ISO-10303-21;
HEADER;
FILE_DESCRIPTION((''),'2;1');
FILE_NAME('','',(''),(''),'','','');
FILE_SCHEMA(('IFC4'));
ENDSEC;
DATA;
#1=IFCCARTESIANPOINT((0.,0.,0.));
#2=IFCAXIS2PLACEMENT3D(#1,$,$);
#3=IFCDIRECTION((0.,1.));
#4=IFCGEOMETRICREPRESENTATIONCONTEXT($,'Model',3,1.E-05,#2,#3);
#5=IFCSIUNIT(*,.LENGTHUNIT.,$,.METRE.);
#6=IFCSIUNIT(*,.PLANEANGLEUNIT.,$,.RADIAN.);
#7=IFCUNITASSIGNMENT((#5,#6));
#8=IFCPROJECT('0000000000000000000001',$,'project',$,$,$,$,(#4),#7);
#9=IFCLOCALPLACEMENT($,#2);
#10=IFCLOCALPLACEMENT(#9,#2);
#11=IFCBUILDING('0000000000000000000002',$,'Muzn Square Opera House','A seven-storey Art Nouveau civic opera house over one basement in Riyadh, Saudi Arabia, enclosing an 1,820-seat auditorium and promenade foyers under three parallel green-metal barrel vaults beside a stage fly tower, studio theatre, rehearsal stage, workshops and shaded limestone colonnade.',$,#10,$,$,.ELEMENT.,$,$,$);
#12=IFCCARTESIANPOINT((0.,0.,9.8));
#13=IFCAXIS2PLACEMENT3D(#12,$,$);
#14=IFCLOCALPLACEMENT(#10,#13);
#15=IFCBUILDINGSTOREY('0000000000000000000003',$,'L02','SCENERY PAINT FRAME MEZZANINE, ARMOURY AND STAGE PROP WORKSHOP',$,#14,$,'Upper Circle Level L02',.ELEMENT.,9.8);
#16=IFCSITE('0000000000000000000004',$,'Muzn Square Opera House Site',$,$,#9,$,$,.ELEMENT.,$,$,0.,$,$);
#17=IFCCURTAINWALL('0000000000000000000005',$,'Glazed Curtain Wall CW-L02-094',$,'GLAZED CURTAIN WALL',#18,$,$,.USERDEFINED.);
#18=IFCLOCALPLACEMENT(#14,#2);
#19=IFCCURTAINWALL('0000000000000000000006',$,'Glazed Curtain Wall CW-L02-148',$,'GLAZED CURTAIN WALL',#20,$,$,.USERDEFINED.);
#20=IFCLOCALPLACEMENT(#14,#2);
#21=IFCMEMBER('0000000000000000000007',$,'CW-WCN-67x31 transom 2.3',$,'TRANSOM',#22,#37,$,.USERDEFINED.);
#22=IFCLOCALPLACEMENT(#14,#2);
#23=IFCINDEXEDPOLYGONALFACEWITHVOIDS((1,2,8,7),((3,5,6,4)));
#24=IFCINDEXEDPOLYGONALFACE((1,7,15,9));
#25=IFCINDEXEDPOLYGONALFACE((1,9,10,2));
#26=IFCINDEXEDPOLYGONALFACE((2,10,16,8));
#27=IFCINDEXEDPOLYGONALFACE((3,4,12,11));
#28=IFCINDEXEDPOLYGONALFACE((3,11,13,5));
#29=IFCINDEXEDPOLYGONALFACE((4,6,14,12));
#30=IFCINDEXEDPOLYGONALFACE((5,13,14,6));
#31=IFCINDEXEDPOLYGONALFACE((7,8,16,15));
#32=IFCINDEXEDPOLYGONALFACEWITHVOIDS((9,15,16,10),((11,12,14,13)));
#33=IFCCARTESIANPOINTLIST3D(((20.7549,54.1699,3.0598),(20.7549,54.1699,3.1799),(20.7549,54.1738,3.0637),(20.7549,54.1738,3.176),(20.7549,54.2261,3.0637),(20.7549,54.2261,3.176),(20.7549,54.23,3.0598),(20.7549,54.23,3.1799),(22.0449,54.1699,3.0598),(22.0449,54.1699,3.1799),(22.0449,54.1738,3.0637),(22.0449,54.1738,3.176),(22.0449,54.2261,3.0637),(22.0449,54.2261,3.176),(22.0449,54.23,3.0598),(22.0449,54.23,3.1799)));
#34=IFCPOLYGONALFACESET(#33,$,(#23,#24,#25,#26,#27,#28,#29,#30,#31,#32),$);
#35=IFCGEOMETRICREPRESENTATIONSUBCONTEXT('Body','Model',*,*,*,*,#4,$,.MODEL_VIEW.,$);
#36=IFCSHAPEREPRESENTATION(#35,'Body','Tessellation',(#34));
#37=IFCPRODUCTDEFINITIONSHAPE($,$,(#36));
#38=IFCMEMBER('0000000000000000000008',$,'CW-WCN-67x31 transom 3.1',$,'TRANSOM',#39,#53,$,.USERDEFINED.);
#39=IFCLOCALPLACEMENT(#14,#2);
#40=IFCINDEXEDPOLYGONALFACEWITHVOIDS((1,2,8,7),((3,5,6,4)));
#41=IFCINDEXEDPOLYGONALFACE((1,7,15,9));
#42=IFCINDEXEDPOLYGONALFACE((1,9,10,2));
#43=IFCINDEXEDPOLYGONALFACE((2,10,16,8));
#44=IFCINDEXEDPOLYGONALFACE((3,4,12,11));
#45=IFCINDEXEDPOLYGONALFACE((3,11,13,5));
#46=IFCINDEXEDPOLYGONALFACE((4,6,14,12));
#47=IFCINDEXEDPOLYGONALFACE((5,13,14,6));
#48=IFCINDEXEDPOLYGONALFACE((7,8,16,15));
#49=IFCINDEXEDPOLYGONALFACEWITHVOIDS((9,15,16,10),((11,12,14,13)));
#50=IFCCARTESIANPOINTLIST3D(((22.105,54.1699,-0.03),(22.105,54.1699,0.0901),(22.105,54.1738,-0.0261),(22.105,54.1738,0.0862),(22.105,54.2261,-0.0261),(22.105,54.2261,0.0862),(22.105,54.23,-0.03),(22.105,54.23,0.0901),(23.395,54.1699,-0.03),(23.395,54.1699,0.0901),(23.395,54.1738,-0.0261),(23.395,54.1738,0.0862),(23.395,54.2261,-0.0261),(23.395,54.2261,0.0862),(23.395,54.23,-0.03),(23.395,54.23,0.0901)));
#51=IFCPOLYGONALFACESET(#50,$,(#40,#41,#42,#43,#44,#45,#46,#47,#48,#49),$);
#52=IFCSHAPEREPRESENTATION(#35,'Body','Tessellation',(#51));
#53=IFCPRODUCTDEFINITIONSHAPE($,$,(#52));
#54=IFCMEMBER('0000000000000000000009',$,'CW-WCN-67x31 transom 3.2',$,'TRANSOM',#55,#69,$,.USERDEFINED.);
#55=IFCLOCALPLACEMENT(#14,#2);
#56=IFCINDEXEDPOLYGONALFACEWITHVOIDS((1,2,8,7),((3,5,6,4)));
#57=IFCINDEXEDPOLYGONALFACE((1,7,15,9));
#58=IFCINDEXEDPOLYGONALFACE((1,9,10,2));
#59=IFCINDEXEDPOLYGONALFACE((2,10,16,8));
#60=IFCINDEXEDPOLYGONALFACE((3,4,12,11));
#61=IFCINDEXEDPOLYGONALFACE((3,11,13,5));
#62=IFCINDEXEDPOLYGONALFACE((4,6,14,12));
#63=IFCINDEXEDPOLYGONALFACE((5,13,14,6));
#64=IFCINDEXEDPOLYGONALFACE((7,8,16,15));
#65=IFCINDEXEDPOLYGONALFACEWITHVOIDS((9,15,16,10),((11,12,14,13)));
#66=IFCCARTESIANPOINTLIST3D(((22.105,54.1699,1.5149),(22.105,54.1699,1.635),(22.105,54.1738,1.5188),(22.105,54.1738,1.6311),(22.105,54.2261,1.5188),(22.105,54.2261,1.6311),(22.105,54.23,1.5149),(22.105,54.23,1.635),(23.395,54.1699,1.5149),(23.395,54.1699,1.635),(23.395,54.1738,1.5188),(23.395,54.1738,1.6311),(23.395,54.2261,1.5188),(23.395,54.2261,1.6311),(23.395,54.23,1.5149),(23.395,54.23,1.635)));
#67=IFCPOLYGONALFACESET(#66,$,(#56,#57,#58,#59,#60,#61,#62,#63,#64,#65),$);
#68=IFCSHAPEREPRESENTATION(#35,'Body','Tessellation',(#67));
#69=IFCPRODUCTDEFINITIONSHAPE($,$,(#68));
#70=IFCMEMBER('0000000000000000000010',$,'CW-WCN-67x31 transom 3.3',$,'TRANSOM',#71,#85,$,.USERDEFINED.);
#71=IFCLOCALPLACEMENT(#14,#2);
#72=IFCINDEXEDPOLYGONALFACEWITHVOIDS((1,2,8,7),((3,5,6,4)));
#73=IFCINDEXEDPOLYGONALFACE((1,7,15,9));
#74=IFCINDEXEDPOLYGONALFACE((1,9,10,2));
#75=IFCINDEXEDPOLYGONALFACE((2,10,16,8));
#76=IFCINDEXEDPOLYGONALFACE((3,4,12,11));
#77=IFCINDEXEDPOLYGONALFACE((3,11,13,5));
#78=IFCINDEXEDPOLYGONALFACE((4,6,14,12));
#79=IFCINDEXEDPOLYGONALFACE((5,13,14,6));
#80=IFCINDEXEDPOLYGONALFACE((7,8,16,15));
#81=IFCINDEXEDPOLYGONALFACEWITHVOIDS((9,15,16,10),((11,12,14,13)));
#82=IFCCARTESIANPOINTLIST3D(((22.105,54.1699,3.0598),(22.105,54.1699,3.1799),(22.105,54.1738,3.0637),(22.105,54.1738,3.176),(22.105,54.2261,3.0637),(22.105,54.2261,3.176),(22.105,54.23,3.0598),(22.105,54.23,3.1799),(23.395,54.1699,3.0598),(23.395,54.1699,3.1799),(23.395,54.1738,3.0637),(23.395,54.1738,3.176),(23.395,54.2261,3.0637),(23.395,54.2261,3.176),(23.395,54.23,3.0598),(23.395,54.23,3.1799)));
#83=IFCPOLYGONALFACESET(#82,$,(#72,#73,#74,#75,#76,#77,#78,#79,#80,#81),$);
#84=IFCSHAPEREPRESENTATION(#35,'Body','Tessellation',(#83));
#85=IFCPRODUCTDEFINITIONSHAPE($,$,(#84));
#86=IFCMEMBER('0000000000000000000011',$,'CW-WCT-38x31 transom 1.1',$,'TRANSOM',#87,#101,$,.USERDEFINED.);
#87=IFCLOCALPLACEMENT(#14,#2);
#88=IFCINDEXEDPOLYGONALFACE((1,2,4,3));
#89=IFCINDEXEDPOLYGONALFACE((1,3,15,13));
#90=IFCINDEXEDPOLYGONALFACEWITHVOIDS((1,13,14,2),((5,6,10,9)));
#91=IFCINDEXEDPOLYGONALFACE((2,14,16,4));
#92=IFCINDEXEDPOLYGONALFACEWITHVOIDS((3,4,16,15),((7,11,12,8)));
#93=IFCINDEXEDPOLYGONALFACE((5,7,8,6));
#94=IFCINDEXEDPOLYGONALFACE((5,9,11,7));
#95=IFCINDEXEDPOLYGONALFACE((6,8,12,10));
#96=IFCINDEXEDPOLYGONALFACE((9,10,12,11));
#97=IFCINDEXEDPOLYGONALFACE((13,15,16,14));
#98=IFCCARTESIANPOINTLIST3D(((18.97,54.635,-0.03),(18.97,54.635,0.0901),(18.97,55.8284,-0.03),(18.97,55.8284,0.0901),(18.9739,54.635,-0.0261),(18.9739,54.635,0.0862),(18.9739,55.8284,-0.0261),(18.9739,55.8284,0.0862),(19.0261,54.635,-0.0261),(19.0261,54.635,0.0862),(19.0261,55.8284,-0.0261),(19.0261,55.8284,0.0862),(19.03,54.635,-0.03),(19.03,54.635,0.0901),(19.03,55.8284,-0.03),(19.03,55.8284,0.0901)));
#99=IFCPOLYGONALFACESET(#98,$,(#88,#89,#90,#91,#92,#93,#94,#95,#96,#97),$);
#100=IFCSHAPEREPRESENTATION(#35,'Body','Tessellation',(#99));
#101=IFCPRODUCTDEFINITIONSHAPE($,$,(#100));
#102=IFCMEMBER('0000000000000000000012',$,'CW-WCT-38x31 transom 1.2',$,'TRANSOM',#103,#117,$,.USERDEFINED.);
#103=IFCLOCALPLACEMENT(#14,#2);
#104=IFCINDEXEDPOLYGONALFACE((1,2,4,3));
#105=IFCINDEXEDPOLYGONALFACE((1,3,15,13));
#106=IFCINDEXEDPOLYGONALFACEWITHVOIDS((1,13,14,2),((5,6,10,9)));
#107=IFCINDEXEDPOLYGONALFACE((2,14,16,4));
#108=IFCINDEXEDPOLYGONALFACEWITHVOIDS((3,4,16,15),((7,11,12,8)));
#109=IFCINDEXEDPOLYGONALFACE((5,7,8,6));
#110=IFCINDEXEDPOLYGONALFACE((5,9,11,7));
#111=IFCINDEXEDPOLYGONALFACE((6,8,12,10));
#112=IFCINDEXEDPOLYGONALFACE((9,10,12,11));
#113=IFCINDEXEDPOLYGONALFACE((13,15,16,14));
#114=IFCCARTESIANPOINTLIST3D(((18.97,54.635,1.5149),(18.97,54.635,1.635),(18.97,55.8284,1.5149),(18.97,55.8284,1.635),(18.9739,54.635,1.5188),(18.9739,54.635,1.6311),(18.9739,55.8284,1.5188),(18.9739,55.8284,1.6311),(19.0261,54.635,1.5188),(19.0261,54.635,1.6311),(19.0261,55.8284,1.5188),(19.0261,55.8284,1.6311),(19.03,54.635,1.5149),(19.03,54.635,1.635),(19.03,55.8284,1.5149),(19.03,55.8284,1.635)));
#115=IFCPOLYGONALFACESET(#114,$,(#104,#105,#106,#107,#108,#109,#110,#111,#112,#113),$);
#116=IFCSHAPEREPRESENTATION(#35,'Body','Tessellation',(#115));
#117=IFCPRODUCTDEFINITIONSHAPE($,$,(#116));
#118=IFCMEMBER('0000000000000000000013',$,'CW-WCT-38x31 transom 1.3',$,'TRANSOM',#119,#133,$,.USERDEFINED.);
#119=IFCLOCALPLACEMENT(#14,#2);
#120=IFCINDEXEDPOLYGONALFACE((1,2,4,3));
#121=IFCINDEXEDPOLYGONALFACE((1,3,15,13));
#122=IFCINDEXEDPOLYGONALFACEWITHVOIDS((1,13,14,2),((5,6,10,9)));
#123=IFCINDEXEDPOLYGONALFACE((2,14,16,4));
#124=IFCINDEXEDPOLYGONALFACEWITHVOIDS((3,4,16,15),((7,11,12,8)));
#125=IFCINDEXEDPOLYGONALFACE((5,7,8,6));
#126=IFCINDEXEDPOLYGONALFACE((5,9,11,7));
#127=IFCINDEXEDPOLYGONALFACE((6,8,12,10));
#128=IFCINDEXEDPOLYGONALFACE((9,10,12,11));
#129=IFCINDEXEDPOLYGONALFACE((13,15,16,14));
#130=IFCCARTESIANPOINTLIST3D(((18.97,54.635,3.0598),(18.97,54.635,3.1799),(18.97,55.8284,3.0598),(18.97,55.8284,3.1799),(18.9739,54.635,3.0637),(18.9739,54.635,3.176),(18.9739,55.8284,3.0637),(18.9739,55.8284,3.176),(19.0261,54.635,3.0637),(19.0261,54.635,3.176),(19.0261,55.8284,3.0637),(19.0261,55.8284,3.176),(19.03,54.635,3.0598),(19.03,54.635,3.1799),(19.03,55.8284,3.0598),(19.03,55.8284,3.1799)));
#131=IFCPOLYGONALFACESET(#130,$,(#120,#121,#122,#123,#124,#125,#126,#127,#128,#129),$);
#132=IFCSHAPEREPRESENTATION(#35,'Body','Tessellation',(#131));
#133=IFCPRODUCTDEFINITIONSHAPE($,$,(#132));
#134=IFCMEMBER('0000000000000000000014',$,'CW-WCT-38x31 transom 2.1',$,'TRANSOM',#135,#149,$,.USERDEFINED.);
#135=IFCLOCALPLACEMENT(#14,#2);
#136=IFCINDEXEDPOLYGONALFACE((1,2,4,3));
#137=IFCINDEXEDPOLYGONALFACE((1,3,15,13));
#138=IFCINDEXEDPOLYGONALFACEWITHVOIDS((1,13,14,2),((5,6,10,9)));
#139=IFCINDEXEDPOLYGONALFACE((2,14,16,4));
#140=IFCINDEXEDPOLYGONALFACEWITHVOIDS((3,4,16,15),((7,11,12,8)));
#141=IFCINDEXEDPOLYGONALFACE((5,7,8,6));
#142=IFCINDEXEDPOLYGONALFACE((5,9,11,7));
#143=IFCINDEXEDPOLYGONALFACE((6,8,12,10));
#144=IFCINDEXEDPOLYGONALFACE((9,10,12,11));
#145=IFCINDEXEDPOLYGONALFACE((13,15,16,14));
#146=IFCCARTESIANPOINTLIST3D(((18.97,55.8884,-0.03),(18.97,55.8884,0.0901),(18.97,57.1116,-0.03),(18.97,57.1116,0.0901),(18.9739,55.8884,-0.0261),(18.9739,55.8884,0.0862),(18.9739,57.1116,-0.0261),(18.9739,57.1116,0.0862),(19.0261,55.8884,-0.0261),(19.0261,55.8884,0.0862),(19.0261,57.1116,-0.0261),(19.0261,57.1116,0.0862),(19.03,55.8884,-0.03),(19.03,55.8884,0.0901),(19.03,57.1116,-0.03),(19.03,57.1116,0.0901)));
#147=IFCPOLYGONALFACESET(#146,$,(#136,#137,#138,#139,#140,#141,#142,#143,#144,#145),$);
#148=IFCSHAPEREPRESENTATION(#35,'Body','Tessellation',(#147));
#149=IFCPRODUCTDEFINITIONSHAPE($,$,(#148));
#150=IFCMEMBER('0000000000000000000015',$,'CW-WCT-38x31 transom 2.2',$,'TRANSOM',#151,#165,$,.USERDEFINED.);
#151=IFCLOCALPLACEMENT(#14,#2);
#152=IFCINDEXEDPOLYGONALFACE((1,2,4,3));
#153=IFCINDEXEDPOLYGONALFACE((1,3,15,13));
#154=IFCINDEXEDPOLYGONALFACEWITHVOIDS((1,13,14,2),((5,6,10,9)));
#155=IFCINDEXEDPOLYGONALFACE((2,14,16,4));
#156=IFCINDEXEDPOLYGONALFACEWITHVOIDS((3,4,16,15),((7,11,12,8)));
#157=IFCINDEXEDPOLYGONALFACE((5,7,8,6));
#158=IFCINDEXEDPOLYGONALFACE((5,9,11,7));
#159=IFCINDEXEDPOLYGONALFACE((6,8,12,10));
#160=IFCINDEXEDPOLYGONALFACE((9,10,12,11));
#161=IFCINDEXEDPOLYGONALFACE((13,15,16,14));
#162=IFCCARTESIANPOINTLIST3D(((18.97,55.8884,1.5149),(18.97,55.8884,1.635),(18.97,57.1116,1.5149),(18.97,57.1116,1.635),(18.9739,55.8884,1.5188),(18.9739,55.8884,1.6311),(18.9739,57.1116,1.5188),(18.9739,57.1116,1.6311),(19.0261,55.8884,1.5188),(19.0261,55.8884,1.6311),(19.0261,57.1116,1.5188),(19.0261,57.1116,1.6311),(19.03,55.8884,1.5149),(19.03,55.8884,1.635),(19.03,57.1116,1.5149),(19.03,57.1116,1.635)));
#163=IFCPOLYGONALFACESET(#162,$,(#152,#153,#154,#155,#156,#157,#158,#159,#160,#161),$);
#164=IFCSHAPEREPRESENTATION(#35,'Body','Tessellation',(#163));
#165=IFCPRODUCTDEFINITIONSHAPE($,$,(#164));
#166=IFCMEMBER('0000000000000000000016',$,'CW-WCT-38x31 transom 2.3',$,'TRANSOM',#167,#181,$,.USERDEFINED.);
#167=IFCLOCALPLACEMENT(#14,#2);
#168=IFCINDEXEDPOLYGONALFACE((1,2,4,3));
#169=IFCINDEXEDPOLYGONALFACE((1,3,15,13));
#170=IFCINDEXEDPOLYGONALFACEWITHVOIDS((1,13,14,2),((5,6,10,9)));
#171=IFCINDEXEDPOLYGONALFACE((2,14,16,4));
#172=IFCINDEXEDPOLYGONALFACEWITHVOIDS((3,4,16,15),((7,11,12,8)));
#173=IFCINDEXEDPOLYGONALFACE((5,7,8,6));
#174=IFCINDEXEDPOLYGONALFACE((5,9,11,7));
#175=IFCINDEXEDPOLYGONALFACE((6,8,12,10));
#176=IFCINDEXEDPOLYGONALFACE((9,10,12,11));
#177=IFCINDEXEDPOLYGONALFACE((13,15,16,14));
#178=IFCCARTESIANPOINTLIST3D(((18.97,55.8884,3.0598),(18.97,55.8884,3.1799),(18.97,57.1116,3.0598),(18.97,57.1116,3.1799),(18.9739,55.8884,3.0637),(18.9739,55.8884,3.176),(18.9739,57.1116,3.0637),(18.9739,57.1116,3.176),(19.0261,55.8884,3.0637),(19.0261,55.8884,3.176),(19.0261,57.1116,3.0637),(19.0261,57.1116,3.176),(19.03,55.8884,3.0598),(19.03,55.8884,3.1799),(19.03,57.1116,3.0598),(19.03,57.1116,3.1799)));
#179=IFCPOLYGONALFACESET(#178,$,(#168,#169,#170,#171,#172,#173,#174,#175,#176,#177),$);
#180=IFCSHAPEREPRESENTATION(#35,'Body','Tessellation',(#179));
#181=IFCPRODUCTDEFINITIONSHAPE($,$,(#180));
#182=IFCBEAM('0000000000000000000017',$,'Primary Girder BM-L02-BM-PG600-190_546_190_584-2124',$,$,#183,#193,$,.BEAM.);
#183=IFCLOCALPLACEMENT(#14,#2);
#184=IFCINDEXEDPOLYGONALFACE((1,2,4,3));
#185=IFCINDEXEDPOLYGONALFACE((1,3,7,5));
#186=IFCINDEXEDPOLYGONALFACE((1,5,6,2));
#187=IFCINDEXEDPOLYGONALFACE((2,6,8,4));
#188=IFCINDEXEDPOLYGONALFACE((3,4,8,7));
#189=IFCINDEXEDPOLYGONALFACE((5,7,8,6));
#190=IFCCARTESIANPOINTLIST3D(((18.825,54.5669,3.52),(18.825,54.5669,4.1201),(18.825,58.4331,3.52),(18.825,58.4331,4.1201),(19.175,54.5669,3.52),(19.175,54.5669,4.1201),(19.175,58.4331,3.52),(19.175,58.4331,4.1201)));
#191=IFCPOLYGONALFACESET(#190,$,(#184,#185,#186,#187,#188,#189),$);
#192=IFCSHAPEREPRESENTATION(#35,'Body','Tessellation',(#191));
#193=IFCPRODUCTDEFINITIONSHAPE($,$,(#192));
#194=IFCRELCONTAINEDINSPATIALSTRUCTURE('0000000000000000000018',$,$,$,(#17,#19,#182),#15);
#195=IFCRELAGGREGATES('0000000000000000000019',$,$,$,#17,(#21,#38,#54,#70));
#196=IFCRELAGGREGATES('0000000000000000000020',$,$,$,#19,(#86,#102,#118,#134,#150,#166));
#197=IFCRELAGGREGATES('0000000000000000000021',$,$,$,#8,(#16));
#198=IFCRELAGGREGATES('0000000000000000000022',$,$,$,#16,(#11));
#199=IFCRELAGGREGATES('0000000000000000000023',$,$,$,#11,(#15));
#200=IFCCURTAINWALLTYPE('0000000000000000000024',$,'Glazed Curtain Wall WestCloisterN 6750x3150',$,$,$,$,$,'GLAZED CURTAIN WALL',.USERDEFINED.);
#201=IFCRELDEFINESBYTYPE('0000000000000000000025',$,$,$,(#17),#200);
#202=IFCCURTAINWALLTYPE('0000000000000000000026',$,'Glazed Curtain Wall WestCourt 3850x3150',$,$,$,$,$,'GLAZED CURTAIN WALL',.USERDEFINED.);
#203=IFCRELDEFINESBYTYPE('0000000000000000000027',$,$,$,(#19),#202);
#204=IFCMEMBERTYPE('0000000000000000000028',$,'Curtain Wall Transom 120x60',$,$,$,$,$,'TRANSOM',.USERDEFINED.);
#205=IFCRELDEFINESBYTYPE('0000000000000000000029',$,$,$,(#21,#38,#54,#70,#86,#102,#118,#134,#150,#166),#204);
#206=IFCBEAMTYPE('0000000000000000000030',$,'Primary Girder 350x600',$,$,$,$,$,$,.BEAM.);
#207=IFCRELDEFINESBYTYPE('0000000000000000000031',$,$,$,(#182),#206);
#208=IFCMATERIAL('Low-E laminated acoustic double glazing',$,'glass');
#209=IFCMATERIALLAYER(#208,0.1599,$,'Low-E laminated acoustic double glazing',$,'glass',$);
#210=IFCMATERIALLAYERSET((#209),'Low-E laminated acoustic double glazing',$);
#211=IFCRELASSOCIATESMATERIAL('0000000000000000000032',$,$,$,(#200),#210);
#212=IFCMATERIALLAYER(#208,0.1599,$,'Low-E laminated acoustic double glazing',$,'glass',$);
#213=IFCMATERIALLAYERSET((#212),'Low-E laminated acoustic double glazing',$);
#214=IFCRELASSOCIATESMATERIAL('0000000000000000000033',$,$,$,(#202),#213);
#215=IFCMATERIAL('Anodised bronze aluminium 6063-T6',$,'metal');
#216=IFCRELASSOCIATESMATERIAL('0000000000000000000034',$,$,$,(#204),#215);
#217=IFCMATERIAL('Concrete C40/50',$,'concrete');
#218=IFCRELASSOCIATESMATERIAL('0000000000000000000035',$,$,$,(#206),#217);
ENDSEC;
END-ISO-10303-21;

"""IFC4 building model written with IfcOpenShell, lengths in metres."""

from ifc_helpers import new_model, si_unit, direction, frame, origin, origin_2d, place, context, subcontext, project, spatial, rectangle, hollow_rectangle, extrude, material, layer, layer_set, material_profile, profile_set, type_object, element, aggregate, save


model = new_model("IFC4")

# Units and contexts
model_context = context("Model", 3, precision=1e-05, world=origin(), true_north=direction((0.0, 1.0)))
body_context = subcontext(model_context, "Body", "Model", "MODEL_VIEW")
ifc_project = project(units=[si_unit("LENGTHUNIT", "METRE"), si_unit("PLANEANGLEUNIT", "RADIAN")], contexts=[model_context])

# Site, building, storey
site_placement = place(None, origin())
site = spatial("IfcSite", under=ifc_project, at=site_placement, Name="Muzn Square Opera House Site", CompositionType="ELEMENT", RefElevation=0.0)
building_placement = place(site_placement, origin())
building = spatial("IfcBuilding", under=site, at=building_placement, Name="Muzn Square Opera House", Description="A seven-storey Art Nouveau civic opera house over one basement in Riyadh, Saudi Arabia, enclosing an 1,820-seat auditorium and promenade foyers under three parallel green-metal barrel vaults beside a stage fly tower, studio theatre, rehearsal stage, workshops and shaded limestone colonnade.", CompositionType="ELEMENT")
storey_placement = place(building_placement, frame((0.0, 0.0, 9.8)))
storey = spatial("IfcBuildingStorey", under=building, at=storey_placement, Name="L02", Description="SCENERY PAINT FRAME MEZZANINE, ARMOURY AND STAGE PROP WORKSHOP", LongName="Upper Circle Level L02", CompositionType="ELEMENT", Elevation=9.8)

# Curtain walls
ifc_material_1 = material(Name="Low-E laminated acoustic double glazing", Category="glass")
ifc_layer_1 = layer(ifc_material_1, 0.1599, Name="Low-E laminated acoustic double glazing", Category="glass")
ifc_layer_set_1 = layer_set([ifc_layer_1], Name="Low-E laminated acoustic double glazing")
curtain_wall_type_1 = type_object("IfcCurtainWallType", Name="Glazed Curtain Wall WestCloisterN 6750x3150", ElementType="GLAZED CURTAIN WALL", PredefinedType="USERDEFINED", material=ifc_layer_set_1)
curtain_wall_1_placement = place(storey_placement, origin())
curtain_wall_1 = element("IfcCurtainWall", 1, at=curtain_wall_1_placement, inside=storey, type_object=curtain_wall_type_1, Name="Glazed Curtain Wall CW-L02-094", ObjectType="GLAZED CURTAIN WALL", PredefinedType="USERDEFINED")
ifc_material_2 = material(Name="Anodised bronze aluminium 6063-T6", Category="metal")
ifc_layer_2 = layer(ifc_material_1, 0.1599, Name="Low-E laminated acoustic double glazing", Category="glass")
ifc_layer_set_2 = layer_set([ifc_layer_2], Name="Low-E laminated acoustic double glazing")
curtain_wall_type_2 = type_object("IfcCurtainWallType", Name="Glazed Curtain Wall WestCourt 3850x3150", ElementType="GLAZED CURTAIN WALL", PredefinedType="USERDEFINED", material=ifc_layer_set_2)
curtain_wall_2_placement = place(storey_placement, origin())
curtain_wall_2 = element("IfcCurtainWall", 2, at=curtain_wall_2_placement, inside=storey, type_object=curtain_wall_type_2, Name="Glazed Curtain Wall CW-L02-148", ObjectType="GLAZED CURTAIN WALL", PredefinedType="USERDEFINED")

# Members
ifc_material_profile_1 = material_profile(ifc_material_2, hollow_rectangle(XDim=0.0601, YDim=0.1201, WallThickness=0.0039, at=origin_2d()), Name="ALU 120x60x4", Category="metal")
ifc_profile_set_1 = profile_set([ifc_material_profile_1], Name="Anodised bronze aluminium 6063-T6")
member_type_1 = type_object("IfcMemberType", Name="Curtain Wall Transom 120x60", ElementType="TRANSOM", PredefinedType="USERDEFINED", material=ifc_profile_set_1)
member_1_placement = place(storey_placement, frame((20.7549, 54.2, 3.1199), z_axis=(1.0, 0.0, 0.0), x_axis=(0.0, 1.0, 0.0)))
member_1 = element("IfcMember", 3, at=member_1_placement, type_object=member_type_1, Name="CW-WCN-67x31 transom 2.3", ObjectType="TRANSOM", PredefinedType="USERDEFINED", context=body_context, shape_type="SweptSolid", body=[
    extrude(hollow_rectangle(XDim=0.0601, YDim=0.1201, WallThickness=0.0039, at=origin_2d()), origin(), (0.0, 0.0, 1.0), 1.29),
])
member_2_placement = place(storey_placement, frame((22.105, 54.2, 0.03), z_axis=(1.0, 0.0, 0.0), x_axis=(0.0, 1.0, 0.0)))
member_2 = element("IfcMember", 4, at=member_2_placement, type_object=member_type_1, Name="CW-WCN-67x31 transom 3.1", ObjectType="TRANSOM", PredefinedType="USERDEFINED", context=body_context, shape_type="SweptSolid", body=[
    extrude(hollow_rectangle(XDim=0.0601, YDim=0.1201, WallThickness=0.0039, at=origin_2d()), origin(), (0.0, 0.0, 1.0), 1.29),
])
member_3_placement = place(storey_placement, frame((22.105, 54.2, 1.575), z_axis=(1.0, 0.0, 0.0), x_axis=(0.0, 1.0, 0.0)))
member_3 = element("IfcMember", 5, at=member_3_placement, type_object=member_type_1, Name="CW-WCN-67x31 transom 3.2", ObjectType="TRANSOM", PredefinedType="USERDEFINED", context=body_context, shape_type="SweptSolid", body=[
    extrude(hollow_rectangle(XDim=0.0601, YDim=0.1201, WallThickness=0.0039, at=origin_2d()), origin(), (0.0, 0.0, 1.0), 1.29),
])
member_4_placement = place(storey_placement, frame((22.105, 54.2, 3.1199), z_axis=(1.0, 0.0, 0.0), x_axis=(0.0, 1.0, 0.0)))
member_4 = element("IfcMember", 6, at=member_4_placement, type_object=member_type_1, Name="CW-WCN-67x31 transom 3.3", ObjectType="TRANSOM", PredefinedType="USERDEFINED", context=body_context, shape_type="SweptSolid", body=[
    extrude(hollow_rectangle(XDim=0.0601, YDim=0.1201, WallThickness=0.0039, at=origin_2d()), origin(), (0.0, 0.0, 1.0), 1.29),
])
member_5_placement = place(storey_placement, frame((19.0, 54.635, 0.03), z_axis=(0.0, 1.0, 0.0), x_axis=(-1.0, 0.0, 0.0)))
member_5 = element("IfcMember", 7, at=member_5_placement, type_object=member_type_1, Name="CW-WCT-38x31 transom 1.1", ObjectType="TRANSOM", PredefinedType="USERDEFINED", context=body_context, shape_type="SweptSolid", body=[
    extrude(hollow_rectangle(XDim=0.0601, YDim=0.1201, WallThickness=0.0039, at=origin_2d()), origin(), (0.0, 0.0, 1.0), 1.1934),
])
member_6_placement = place(storey_placement, frame((19.0, 54.635, 1.575), z_axis=(0.0, 1.0, 0.0), x_axis=(-1.0, 0.0, 0.0)))
member_6 = element("IfcMember", 8, at=member_6_placement, type_object=member_type_1, Name="CW-WCT-38x31 transom 1.2", ObjectType="TRANSOM", PredefinedType="USERDEFINED", context=body_context, shape_type="SweptSolid", body=[
    extrude(hollow_rectangle(XDim=0.0601, YDim=0.1201, WallThickness=0.0039, at=origin_2d()), origin(), (0.0, 0.0, 1.0), 1.1934),
])
member_7_placement = place(storey_placement, frame((19.0, 54.635, 3.1199), z_axis=(0.0, 1.0, 0.0), x_axis=(-1.0, 0.0, 0.0)))
member_7 = element("IfcMember", 9, at=member_7_placement, type_object=member_type_1, Name="CW-WCT-38x31 transom 1.3", ObjectType="TRANSOM", PredefinedType="USERDEFINED", context=body_context, shape_type="SweptSolid", body=[
    extrude(hollow_rectangle(XDim=0.0601, YDim=0.1201, WallThickness=0.0039, at=origin_2d()), origin(), (0.0, 0.0, 1.0), 1.1934),
])
member_8_placement = place(storey_placement, frame((19.0, 55.8884, 0.03), z_axis=(0.0, 1.0, 0.0), x_axis=(-1.0, 0.0, 0.0)))
member_8 = element("IfcMember", 10, at=member_8_placement, type_object=member_type_1, Name="CW-WCT-38x31 transom 2.1", ObjectType="TRANSOM", PredefinedType="USERDEFINED", context=body_context, shape_type="SweptSolid", body=[
    extrude(hollow_rectangle(XDim=0.0601, YDim=0.1201, WallThickness=0.0039, at=origin_2d()), origin(), (0.0, 0.0, 1.0), 1.2231),
])
member_9_placement = place(storey_placement, frame((19.0, 55.8884, 1.575), z_axis=(0.0, 1.0, 0.0), x_axis=(-1.0, 0.0, 0.0)))
member_9 = element("IfcMember", 11, at=member_9_placement, type_object=member_type_1, Name="CW-WCT-38x31 transom 2.2", ObjectType="TRANSOM", PredefinedType="USERDEFINED", context=body_context, shape_type="SweptSolid", body=[
    extrude(hollow_rectangle(XDim=0.0601, YDim=0.1201, WallThickness=0.0039, at=origin_2d()), origin(), (0.0, 0.0, 1.0), 1.2231),
])
member_10_placement = place(storey_placement, frame((19.0, 55.8884, 3.1199), z_axis=(0.0, 1.0, 0.0), x_axis=(-1.0, 0.0, 0.0)))
member_10 = element("IfcMember", 12, at=member_10_placement, type_object=member_type_1, Name="CW-WCT-38x31 transom 2.3", ObjectType="TRANSOM", PredefinedType="USERDEFINED", context=body_context, shape_type="SweptSolid", body=[
    extrude(hollow_rectangle(XDim=0.0601, YDim=0.1201, WallThickness=0.0039, at=origin_2d()), origin(), (0.0, 0.0, 1.0), 1.2231),
])

# Beam
ifc_material_3 = material(Name="Concrete C40/50", Category="concrete")
ifc_material_profile_2 = material_profile(ifc_material_3, rectangle(XDim=0.3501, YDim=0.6001, at=origin_2d()), Name="RCB 350x600", Category="concrete")
ifc_profile_set_2 = profile_set([ifc_material_profile_2], Name="Concrete C40/50")
beam_type_1 = type_object("IfcBeamType", Name="Primary Girder 350x600", PredefinedType="BEAM", material=ifc_profile_set_2)
beam_1_placement = place(storey_placement, frame((19.0, 54.5669, 3.8201), z_axis=(0.0, 1.0, 0.0), x_axis=(-1.0, 0.0, 0.0)))
element("IfcBeam", 13, at=beam_1_placement, inside=storey, type_object=beam_type_1, Name="Primary Girder BM-L02-BM-PG600-190_546_190_584-2124", PredefinedType="BEAM", context=body_context, shape_type="SweptSolid", body=[
    extrude(rectangle(XDim=0.3501, YDim=0.6001, at=origin_2d()), origin(), (0.0, 0.0, 1.0), 3.8662),
])

aggregate(curtain_wall_1, [member_1, member_2, member_3, member_4])
aggregate(curtain_wall_2, [member_5, member_6, member_7, member_8, member_9, member_10])

save(model, "model.ifc")
